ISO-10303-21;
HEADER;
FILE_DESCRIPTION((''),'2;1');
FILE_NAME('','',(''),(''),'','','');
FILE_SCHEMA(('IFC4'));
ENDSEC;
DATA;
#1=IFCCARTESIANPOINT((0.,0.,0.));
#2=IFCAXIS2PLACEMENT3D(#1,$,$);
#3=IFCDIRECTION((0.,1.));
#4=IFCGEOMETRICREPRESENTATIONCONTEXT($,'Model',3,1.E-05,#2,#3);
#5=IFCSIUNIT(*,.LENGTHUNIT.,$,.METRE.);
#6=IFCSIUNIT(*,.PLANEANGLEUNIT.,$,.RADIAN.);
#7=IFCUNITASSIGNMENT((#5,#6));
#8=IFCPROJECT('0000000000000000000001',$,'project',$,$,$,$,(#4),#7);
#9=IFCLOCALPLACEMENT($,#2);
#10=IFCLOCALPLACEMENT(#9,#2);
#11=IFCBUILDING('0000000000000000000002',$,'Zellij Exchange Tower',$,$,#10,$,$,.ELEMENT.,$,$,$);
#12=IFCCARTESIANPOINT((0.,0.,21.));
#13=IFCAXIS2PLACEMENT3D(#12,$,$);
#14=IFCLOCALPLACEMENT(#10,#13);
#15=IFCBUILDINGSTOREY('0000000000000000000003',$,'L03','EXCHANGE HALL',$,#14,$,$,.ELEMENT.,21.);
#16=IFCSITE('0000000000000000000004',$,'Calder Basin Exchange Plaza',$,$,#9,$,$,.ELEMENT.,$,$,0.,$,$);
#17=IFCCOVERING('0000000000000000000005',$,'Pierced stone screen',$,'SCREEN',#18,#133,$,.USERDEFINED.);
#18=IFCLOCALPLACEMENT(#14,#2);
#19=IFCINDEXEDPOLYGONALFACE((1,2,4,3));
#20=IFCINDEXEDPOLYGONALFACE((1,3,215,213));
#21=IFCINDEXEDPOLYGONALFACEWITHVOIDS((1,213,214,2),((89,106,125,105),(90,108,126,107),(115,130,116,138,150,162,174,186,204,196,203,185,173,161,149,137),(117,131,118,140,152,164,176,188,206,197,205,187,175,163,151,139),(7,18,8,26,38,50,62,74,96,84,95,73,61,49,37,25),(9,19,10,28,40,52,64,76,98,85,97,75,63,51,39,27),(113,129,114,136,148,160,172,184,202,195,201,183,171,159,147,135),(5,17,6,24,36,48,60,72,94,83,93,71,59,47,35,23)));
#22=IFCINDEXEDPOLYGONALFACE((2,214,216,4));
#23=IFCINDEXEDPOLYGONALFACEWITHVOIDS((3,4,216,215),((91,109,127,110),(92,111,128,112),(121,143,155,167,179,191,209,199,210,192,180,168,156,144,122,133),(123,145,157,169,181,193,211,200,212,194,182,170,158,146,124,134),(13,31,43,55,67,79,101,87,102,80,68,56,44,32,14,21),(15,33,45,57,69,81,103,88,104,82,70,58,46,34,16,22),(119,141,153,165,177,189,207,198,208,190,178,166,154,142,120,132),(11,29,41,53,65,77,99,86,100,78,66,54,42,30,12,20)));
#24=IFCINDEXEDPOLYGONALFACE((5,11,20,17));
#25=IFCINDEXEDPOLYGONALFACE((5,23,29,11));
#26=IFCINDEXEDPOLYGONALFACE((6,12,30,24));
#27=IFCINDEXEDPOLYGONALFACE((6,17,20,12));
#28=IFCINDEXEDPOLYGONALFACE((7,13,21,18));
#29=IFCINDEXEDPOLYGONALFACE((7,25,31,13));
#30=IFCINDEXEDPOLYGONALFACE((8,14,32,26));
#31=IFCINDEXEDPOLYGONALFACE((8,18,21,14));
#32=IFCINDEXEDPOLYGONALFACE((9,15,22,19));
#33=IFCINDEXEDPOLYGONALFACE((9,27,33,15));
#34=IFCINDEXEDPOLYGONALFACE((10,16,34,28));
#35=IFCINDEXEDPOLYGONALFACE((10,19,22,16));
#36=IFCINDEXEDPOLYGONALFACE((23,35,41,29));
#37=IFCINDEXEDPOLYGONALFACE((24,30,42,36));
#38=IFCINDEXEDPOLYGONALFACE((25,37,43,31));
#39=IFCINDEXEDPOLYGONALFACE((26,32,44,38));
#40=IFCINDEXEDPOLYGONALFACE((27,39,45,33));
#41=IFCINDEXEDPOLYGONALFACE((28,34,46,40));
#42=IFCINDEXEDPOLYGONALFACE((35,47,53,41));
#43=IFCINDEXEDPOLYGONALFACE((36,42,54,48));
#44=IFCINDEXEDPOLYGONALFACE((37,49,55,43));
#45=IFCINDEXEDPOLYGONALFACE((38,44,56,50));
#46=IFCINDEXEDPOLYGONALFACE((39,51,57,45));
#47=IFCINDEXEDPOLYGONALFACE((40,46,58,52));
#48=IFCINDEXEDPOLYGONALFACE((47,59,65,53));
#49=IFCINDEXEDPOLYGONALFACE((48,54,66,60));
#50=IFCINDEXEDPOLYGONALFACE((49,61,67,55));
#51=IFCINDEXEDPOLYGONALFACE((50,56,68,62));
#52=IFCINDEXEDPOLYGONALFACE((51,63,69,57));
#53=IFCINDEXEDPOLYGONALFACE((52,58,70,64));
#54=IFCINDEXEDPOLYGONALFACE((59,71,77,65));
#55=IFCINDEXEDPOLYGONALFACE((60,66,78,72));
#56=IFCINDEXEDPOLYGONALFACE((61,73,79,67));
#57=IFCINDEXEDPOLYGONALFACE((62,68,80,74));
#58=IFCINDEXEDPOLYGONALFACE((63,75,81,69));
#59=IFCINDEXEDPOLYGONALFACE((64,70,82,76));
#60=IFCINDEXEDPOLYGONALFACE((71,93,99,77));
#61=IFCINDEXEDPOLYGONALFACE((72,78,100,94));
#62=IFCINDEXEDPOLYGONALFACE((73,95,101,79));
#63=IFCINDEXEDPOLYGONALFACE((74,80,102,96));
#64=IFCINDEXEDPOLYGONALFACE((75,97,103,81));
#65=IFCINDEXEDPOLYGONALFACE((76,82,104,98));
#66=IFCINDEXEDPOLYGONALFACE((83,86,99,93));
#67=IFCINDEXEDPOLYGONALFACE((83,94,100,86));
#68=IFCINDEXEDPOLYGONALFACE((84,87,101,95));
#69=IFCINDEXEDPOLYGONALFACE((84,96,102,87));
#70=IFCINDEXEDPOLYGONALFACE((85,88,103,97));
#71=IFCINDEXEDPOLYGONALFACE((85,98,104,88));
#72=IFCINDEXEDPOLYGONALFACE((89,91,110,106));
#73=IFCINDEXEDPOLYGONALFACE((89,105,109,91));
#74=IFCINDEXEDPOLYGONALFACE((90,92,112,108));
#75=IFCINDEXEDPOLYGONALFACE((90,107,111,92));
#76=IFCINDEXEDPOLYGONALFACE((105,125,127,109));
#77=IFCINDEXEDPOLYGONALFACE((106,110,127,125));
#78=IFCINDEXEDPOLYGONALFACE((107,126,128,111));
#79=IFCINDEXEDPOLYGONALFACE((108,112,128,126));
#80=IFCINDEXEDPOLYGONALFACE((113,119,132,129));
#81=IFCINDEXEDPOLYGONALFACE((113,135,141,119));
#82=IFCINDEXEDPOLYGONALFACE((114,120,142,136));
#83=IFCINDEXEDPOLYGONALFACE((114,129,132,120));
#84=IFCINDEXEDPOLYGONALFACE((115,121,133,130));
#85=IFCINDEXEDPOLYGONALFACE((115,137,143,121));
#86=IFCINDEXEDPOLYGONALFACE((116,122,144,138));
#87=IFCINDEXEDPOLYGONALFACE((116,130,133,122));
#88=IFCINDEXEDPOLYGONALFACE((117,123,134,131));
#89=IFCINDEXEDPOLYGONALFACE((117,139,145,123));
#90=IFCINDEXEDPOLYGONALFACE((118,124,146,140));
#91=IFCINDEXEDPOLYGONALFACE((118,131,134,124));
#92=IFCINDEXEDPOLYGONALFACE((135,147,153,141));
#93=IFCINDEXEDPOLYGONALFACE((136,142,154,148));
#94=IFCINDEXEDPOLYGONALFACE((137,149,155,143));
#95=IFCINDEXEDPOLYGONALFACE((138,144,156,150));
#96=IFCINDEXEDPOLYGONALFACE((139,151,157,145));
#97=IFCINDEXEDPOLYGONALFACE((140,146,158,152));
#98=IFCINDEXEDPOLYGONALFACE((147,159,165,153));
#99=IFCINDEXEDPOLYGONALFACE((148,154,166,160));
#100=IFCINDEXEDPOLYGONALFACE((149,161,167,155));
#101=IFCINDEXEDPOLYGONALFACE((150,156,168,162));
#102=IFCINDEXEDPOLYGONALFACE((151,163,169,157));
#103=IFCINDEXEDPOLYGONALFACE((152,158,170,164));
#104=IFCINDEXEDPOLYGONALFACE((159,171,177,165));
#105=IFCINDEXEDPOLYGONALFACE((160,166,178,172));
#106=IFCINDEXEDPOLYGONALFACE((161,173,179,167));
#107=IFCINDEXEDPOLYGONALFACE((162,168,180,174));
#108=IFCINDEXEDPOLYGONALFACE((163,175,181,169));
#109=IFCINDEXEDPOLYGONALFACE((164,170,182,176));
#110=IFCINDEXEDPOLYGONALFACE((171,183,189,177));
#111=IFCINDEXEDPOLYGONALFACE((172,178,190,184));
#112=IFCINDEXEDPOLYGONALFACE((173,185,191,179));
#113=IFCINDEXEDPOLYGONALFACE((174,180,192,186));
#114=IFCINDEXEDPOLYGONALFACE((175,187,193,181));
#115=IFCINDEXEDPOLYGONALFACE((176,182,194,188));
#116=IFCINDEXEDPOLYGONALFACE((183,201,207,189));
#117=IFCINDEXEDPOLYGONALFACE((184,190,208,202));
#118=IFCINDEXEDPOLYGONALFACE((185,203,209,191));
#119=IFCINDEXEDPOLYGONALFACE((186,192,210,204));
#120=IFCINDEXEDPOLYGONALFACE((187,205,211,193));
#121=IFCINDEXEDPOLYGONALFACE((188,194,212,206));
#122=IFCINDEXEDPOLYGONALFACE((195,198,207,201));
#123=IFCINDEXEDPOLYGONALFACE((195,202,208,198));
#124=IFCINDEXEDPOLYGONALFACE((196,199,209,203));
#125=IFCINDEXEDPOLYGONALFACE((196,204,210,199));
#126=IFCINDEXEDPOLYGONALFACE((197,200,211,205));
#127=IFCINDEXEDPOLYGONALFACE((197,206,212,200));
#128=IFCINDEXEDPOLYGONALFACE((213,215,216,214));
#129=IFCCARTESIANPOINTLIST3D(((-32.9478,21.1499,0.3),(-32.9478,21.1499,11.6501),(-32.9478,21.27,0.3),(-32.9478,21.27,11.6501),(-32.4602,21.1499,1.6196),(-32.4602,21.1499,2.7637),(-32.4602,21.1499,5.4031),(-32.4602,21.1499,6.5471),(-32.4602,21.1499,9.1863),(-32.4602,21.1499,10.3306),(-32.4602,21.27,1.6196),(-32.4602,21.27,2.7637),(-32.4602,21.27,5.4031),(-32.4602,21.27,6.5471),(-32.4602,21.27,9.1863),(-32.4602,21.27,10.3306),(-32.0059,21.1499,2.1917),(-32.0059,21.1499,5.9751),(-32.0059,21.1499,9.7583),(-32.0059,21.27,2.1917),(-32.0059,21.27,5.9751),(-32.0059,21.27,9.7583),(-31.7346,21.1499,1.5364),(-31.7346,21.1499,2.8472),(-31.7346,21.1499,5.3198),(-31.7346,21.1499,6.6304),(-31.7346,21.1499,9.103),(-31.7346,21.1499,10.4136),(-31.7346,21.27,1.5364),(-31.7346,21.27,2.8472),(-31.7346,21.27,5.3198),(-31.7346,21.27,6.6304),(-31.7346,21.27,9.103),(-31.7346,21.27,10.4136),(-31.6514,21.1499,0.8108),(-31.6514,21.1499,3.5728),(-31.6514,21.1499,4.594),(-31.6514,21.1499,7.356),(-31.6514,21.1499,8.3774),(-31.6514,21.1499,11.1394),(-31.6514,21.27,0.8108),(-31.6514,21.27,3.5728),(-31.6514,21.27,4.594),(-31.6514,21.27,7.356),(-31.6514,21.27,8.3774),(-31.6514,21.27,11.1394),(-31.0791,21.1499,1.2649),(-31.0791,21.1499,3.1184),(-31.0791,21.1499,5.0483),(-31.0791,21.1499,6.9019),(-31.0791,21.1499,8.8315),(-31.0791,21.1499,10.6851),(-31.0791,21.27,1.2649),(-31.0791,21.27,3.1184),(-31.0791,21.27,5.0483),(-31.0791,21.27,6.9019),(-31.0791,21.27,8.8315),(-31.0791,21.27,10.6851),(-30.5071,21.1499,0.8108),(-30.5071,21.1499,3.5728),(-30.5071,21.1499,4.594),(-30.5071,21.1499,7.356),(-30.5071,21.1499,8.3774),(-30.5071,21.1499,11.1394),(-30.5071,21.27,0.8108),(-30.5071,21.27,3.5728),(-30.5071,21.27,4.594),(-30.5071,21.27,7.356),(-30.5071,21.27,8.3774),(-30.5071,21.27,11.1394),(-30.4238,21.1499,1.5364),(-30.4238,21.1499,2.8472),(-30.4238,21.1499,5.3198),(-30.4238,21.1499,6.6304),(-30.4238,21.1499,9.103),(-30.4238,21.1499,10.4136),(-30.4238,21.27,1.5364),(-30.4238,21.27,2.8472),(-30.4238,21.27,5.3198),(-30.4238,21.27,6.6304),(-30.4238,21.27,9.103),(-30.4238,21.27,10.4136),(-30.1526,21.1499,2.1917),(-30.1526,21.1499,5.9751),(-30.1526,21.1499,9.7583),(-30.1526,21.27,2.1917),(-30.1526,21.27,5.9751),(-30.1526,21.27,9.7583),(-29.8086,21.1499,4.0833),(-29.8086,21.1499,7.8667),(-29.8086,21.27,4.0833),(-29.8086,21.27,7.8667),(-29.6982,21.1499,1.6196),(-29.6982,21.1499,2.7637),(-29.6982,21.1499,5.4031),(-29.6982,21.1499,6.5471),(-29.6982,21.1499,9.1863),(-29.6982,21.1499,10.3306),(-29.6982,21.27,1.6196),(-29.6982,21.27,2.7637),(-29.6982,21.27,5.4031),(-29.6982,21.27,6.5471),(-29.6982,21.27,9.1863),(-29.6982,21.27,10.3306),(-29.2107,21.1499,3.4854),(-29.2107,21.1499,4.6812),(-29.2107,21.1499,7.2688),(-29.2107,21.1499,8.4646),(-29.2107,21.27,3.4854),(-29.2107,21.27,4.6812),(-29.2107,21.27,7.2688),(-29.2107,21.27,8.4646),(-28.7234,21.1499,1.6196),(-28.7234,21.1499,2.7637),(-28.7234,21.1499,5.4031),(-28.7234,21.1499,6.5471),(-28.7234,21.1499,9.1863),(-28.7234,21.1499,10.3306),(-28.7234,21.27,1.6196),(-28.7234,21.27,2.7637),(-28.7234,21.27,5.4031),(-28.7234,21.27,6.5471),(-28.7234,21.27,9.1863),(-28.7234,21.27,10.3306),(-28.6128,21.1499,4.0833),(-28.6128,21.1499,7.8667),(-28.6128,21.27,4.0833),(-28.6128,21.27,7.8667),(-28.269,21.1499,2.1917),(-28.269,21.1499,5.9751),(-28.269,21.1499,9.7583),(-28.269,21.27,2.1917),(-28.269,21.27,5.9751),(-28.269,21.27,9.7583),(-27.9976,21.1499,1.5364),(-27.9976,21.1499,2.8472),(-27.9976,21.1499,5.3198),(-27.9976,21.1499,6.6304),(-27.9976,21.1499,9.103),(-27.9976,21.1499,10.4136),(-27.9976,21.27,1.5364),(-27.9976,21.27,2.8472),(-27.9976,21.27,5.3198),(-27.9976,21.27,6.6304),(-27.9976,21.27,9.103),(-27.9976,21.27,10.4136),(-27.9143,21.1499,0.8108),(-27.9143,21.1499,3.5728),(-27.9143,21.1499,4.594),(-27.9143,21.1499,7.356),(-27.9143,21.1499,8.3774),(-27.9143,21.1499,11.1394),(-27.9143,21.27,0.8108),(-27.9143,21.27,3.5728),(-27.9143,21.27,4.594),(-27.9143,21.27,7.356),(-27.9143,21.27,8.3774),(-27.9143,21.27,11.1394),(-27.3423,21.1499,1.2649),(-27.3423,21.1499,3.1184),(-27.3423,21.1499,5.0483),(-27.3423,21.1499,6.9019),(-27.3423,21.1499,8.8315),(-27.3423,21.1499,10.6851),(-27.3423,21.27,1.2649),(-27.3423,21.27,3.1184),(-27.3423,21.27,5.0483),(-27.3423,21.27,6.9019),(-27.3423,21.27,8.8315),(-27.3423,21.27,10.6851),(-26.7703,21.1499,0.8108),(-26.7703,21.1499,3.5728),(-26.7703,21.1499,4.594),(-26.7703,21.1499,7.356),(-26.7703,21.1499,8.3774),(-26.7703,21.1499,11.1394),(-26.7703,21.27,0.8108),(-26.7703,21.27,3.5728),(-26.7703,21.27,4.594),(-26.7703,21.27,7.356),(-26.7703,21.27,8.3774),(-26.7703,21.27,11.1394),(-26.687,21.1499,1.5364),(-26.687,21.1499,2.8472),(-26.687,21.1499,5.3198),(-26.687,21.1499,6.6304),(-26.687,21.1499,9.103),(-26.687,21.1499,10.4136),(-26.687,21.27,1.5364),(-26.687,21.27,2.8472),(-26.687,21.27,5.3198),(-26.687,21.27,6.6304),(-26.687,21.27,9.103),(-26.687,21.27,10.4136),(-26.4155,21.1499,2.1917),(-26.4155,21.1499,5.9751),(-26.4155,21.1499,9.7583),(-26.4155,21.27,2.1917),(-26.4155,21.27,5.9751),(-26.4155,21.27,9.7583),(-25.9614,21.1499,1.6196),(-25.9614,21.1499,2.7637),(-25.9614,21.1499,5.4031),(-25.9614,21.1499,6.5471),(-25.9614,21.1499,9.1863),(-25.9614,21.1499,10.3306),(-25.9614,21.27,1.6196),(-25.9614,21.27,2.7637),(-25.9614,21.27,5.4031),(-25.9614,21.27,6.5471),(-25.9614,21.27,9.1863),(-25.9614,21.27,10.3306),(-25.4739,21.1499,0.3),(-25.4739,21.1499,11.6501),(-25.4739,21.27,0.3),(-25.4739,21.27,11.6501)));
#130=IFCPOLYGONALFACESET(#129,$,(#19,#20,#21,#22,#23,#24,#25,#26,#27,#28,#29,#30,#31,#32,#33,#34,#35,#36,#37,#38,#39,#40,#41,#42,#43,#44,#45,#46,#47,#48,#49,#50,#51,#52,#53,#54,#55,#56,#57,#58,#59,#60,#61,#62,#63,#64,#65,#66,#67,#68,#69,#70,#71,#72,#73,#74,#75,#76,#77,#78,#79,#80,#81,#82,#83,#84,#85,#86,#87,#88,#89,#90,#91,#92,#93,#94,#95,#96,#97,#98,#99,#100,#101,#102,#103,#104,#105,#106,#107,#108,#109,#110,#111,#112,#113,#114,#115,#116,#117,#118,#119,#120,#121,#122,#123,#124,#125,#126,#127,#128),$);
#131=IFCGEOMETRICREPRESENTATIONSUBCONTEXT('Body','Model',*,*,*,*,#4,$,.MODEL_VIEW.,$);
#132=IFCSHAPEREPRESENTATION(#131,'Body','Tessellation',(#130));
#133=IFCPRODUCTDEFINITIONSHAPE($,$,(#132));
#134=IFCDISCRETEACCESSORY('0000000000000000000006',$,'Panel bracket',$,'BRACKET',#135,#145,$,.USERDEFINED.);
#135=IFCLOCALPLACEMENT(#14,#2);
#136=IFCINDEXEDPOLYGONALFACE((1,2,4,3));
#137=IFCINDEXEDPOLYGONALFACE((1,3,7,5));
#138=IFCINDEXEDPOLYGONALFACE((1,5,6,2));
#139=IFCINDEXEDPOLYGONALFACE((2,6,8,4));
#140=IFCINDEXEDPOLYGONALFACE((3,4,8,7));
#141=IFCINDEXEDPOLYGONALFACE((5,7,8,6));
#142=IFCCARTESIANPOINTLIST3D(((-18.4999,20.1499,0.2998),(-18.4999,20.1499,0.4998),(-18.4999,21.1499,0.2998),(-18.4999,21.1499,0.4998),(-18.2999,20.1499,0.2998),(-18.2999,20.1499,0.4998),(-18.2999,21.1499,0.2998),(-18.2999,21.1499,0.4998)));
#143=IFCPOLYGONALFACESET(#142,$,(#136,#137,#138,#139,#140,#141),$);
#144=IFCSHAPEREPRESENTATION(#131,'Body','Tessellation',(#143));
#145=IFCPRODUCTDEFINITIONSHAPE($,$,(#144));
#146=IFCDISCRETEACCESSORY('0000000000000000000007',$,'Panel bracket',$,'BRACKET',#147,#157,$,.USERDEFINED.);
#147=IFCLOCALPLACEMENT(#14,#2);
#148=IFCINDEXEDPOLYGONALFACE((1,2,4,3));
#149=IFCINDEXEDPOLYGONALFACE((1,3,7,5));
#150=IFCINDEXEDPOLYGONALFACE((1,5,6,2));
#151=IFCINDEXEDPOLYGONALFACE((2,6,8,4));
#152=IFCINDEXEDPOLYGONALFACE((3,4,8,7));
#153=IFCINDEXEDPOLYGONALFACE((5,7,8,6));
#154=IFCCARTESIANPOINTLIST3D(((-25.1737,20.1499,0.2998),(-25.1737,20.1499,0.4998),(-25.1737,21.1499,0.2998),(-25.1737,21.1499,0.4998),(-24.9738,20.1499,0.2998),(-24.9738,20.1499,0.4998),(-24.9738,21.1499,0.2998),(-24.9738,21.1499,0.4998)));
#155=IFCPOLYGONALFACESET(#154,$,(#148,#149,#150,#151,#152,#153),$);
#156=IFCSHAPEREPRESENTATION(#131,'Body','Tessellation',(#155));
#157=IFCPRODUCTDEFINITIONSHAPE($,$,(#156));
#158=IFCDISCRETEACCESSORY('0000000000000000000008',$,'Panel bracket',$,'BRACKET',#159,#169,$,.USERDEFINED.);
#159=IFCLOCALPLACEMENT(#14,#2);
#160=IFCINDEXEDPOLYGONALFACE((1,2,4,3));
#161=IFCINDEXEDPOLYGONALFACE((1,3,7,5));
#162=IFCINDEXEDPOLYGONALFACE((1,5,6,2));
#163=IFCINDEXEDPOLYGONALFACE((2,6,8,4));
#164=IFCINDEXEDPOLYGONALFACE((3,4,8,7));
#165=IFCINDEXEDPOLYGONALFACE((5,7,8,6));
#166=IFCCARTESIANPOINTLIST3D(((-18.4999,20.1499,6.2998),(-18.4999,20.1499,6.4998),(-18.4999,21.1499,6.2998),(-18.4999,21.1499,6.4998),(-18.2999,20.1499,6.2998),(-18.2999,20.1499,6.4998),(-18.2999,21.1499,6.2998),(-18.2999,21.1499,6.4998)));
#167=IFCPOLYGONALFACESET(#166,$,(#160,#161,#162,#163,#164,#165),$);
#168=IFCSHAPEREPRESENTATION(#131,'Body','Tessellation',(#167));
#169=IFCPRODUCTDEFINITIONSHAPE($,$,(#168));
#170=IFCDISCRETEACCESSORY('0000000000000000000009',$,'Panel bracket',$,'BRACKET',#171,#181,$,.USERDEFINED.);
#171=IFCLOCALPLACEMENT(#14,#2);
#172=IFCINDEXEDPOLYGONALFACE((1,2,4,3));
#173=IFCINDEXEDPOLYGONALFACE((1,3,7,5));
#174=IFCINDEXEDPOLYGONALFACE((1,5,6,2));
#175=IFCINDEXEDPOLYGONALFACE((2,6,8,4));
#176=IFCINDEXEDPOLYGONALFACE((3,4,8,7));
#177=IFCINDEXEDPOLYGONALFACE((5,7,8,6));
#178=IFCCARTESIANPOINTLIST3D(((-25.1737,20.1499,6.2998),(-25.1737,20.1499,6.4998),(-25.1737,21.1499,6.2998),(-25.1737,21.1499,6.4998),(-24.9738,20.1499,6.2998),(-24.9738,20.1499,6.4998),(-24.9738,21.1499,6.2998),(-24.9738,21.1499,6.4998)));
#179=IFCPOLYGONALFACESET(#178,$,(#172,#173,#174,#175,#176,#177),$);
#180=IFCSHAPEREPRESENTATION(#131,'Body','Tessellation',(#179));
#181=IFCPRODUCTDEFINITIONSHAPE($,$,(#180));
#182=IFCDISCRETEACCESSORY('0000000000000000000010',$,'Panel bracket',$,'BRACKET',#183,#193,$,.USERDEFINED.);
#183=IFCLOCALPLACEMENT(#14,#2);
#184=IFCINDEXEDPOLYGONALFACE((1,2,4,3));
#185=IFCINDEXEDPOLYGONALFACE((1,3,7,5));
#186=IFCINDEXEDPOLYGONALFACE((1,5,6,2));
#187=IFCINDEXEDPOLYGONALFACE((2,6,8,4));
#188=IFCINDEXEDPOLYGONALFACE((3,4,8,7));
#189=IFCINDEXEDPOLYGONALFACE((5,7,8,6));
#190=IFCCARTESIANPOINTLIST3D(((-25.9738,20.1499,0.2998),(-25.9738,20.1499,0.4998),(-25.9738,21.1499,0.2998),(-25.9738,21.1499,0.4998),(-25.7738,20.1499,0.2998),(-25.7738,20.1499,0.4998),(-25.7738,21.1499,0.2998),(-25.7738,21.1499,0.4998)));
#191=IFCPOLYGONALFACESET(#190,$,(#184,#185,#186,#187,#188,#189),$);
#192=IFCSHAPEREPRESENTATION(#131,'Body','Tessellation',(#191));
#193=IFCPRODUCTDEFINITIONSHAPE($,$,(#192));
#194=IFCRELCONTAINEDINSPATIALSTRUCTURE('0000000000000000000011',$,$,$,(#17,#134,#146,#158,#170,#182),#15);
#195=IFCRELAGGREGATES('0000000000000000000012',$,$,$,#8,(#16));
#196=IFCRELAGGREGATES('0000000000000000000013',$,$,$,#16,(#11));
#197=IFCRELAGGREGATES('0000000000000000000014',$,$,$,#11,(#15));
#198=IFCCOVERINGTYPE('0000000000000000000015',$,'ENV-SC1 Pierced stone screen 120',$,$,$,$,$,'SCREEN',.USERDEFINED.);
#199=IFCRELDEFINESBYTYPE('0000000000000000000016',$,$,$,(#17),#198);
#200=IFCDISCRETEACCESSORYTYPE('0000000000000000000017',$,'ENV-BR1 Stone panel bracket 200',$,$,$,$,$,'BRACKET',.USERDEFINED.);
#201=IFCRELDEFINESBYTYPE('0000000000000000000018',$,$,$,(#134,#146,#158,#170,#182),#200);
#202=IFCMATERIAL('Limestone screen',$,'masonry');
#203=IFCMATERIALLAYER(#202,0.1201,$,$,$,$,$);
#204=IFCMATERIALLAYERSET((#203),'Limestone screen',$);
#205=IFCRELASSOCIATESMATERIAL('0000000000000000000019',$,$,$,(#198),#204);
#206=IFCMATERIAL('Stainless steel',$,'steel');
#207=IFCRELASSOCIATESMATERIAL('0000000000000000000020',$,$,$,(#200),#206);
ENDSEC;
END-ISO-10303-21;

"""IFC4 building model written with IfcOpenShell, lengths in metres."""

from ifc_helpers import new_model, si_unit, direction, frame, origin, origin_2d, place, context, subcontext, project, spatial, polyline, rectangle, outline, extrude, material, layer, layer_set, type_object, element, save


model = new_model("IFC4")

# Units and contexts
model_context = context("Model", 3, precision=1e-05, world=origin(), true_north=direction((0.0, 1.0)))
body_context = subcontext(model_context, "Body", "Model", "MODEL_VIEW")
ifc_project = project(units=[si_unit("LENGTHUNIT", "METRE"), si_unit("PLANEANGLEUNIT", "RADIAN")], contexts=[model_context])

# Site, building, storey
site_placement = place(None, origin())
site = spatial("IfcSite", under=ifc_project, at=site_placement, Name="Calder Basin Exchange Plaza", CompositionType="ELEMENT", RefElevation=0.0)
building_placement = place(site_placement, origin())
building = spatial("IfcBuilding", under=site, at=building_placement, Name="Zellij Exchange Tower", CompositionType="ELEMENT")
storey_placement = place(building_placement, frame((0.0, 0.0, 21.0)))
storey = spatial("IfcBuildingStorey", under=building, at=storey_placement, Name="L03", Description="EXCHANGE HALL", CompositionType="ELEMENT", Elevation=21.0)

# Covering
ifc_material_1 = material(Name="Limestone screen", Category="masonry")
ifc_layer_1 = layer(ifc_material_1, 0.1201)
ifc_layer_set_1 = layer_set([ifc_layer_1], Name="Limestone screen")
covering_type = type_object("IfcCoveringType", Name="ENV-SC1 Pierced stone screen 120", ElementType="SCREEN", PredefinedType="USERDEFINED", material=ifc_layer_set_1)
covering_placement = place(storey_placement, frame((-25.4739, 21.21, 0.3), z_axis=(0.0, 0.0, 1.0), x_axis=(-1.0, 0.0, 0.0)))
element("IfcCovering", 1, at=covering_placement, inside=storey, type_object=covering_type, Name="Pierced stone screen", ObjectType="SCREEN", PredefinedType="USERDEFINED", context=body_context, shape_type="SweptSolid", body=[
    extrude(outline(polyline([(0.0, 0.0), (7.4739, 0.0), (7.4739, 11.3501), (0.0, 11.3501), (0.0, 0.0)]), holes=[polyline([(3.2495, 2.4636), (2.5237, 2.5471), (2.4404, 3.2727), (1.8684, 2.8184), (1.2964, 3.2727), (1.2131, 2.5471), (0.4875, 2.4636), (0.9417, 1.8916), (0.4875, 1.3196), (1.2131, 1.2363), (1.2964, 0.5107), (1.8684, 0.9648), (2.4404, 0.5107), (2.5237, 1.2363), (3.2495, 1.3196), (2.7952, 1.8916), (3.2495, 2.4636)]), polyline([(3.2495, 6.2471), (2.5237, 6.3303), (2.4404, 7.0559), (1.8684, 6.6018), (1.2964, 7.0559), (1.2131, 6.3303), (0.4875, 6.2471), (0.9417, 5.675), (0.4875, 5.103), (1.2131, 5.0198), (1.2964, 4.2939), (1.8684, 4.7483), (2.4404, 4.2939), (2.5237, 5.0198), (3.2495, 5.103), (2.7952, 5.675), (3.2495, 6.2471)]), polyline([(3.2495, 10.0305), (2.5237, 10.1135), (2.4404, 10.8394), (1.8684, 10.385), (1.2964, 10.8394), (1.2131, 10.1135), (0.4875, 10.0305), (0.9417, 9.4583), (0.4875, 8.8862), (1.2131, 8.803), (1.2964, 8.0774), (1.8684, 8.5315), (2.4404, 8.0774), (2.5237, 8.803), (3.2495, 8.8862), (2.7952, 9.4583), (3.2495, 10.0305)]), polyline([(6.9863, 2.4636), (6.2607, 2.5471), (6.1775, 3.2727), (5.6052, 2.8184), (5.0332, 3.2727), (4.95, 2.5471), (4.2244, 2.4636), (4.6787, 1.8916), (4.2244, 1.3196), (4.95, 1.2363), (5.0332, 0.5107), (5.6052, 0.9648), (6.1775, 0.5107), (6.2607, 1.2363), (6.9863, 1.3196), (6.532, 1.8916), (6.9863, 2.4636)]), polyline([(6.9863, 6.2471), (6.2607, 6.3303), (6.1775, 7.0559), (5.6052, 6.6018), (5.0332, 7.0559), (4.95, 6.3303), (4.2244, 6.2471), (4.6787, 5.675), (4.2244, 5.103), (4.95, 5.0198), (5.0332, 4.2939), (5.6052, 4.7483), (6.1775, 4.2939), (6.2607, 5.0198), (6.9863, 5.103), (6.532, 5.675), (6.9863, 6.2471)]), polyline([(6.9863, 10.0305), (6.2607, 10.1135), (6.1775, 10.8394), (5.6052, 10.385), (5.0332, 10.8394), (4.95, 10.1135), (4.2244, 10.0305), (4.6787, 9.4583), (4.2244, 8.8862), (4.95, 8.803), (5.0332, 8.0774), (5.6052, 8.5315), (6.1775, 8.0774), (6.2607, 8.803), (6.9863, 8.8862), (6.532, 9.4583), (6.9863, 10.0305)]), polyline([(4.3347, 3.7832), (3.7368, 4.3811), (3.1389, 3.7832), (3.7368, 3.1853), (4.3347, 3.7832)]), polyline([(4.3347, 7.5667), (3.7368, 8.1646), (3.1389, 7.5667), (3.7368, 6.9688), (4.3347, 7.5667)])]), frame((0.0, 0.0601, 0.0), z_axis=(0.0, -1.0, 0.0), x_axis=(1.0, 0.0, 0.0)), (0.0, 0.0, 1.0), 0.1201),
])

# Discrete accessories
ifc_material_2 = material(Name="Stainless steel", Category="steel")
discrete_accessory_type = type_object("IfcDiscreteAccessoryType", Name="ENV-BR1 Stone panel bracket 200", ElementType="BRACKET", PredefinedType="USERDEFINED", material=ifc_material_2)
for number, where, z_axis, x_axis, name in (
    (2, (-18.3999, 20.6499, 0.2998), (0.0, 0.0, 1.0), (-1.0, 0.0, 0.0), "Panel bracket"),
    (3, (-25.0737, 20.6499, 0.2998), (0.0, 0.0, 1.0), (-1.0, 0.0, 0.0), "Panel bracket"),
    (4, (-18.3999, 20.6499, 6.2998), (0.0, 0.0, 1.0), (-1.0, 0.0, 0.0), "Panel bracket"),
    (5, (-25.0737, 20.6499, 6.2998), (0.0, 0.0, 1.0), (-1.0, 0.0, 0.0), "Panel bracket"),
    (6, (-25.8738, 20.6499, 0.2998), (0.0, 0.0, 1.0), (-1.0, 0.0, 0.0), "Panel bracket"),
):
    element("IfcDiscreteAccessory", number, at=place(storey_placement, frame(where, z_axis=z_axis, x_axis=x_axis)), inside=storey, type_object=discrete_accessory_type, Name=name, ObjectType="BRACKET", PredefinedType="USERDEFINED", context=body_context, shape_type="SweptSolid", body=[
        extrude(rectangle(XDim=0.2, YDim=1.0, at=origin_2d()), origin(), (0.0, 0.0, 1.0), 0.2),
    ])

save(model, "model.ifc")
